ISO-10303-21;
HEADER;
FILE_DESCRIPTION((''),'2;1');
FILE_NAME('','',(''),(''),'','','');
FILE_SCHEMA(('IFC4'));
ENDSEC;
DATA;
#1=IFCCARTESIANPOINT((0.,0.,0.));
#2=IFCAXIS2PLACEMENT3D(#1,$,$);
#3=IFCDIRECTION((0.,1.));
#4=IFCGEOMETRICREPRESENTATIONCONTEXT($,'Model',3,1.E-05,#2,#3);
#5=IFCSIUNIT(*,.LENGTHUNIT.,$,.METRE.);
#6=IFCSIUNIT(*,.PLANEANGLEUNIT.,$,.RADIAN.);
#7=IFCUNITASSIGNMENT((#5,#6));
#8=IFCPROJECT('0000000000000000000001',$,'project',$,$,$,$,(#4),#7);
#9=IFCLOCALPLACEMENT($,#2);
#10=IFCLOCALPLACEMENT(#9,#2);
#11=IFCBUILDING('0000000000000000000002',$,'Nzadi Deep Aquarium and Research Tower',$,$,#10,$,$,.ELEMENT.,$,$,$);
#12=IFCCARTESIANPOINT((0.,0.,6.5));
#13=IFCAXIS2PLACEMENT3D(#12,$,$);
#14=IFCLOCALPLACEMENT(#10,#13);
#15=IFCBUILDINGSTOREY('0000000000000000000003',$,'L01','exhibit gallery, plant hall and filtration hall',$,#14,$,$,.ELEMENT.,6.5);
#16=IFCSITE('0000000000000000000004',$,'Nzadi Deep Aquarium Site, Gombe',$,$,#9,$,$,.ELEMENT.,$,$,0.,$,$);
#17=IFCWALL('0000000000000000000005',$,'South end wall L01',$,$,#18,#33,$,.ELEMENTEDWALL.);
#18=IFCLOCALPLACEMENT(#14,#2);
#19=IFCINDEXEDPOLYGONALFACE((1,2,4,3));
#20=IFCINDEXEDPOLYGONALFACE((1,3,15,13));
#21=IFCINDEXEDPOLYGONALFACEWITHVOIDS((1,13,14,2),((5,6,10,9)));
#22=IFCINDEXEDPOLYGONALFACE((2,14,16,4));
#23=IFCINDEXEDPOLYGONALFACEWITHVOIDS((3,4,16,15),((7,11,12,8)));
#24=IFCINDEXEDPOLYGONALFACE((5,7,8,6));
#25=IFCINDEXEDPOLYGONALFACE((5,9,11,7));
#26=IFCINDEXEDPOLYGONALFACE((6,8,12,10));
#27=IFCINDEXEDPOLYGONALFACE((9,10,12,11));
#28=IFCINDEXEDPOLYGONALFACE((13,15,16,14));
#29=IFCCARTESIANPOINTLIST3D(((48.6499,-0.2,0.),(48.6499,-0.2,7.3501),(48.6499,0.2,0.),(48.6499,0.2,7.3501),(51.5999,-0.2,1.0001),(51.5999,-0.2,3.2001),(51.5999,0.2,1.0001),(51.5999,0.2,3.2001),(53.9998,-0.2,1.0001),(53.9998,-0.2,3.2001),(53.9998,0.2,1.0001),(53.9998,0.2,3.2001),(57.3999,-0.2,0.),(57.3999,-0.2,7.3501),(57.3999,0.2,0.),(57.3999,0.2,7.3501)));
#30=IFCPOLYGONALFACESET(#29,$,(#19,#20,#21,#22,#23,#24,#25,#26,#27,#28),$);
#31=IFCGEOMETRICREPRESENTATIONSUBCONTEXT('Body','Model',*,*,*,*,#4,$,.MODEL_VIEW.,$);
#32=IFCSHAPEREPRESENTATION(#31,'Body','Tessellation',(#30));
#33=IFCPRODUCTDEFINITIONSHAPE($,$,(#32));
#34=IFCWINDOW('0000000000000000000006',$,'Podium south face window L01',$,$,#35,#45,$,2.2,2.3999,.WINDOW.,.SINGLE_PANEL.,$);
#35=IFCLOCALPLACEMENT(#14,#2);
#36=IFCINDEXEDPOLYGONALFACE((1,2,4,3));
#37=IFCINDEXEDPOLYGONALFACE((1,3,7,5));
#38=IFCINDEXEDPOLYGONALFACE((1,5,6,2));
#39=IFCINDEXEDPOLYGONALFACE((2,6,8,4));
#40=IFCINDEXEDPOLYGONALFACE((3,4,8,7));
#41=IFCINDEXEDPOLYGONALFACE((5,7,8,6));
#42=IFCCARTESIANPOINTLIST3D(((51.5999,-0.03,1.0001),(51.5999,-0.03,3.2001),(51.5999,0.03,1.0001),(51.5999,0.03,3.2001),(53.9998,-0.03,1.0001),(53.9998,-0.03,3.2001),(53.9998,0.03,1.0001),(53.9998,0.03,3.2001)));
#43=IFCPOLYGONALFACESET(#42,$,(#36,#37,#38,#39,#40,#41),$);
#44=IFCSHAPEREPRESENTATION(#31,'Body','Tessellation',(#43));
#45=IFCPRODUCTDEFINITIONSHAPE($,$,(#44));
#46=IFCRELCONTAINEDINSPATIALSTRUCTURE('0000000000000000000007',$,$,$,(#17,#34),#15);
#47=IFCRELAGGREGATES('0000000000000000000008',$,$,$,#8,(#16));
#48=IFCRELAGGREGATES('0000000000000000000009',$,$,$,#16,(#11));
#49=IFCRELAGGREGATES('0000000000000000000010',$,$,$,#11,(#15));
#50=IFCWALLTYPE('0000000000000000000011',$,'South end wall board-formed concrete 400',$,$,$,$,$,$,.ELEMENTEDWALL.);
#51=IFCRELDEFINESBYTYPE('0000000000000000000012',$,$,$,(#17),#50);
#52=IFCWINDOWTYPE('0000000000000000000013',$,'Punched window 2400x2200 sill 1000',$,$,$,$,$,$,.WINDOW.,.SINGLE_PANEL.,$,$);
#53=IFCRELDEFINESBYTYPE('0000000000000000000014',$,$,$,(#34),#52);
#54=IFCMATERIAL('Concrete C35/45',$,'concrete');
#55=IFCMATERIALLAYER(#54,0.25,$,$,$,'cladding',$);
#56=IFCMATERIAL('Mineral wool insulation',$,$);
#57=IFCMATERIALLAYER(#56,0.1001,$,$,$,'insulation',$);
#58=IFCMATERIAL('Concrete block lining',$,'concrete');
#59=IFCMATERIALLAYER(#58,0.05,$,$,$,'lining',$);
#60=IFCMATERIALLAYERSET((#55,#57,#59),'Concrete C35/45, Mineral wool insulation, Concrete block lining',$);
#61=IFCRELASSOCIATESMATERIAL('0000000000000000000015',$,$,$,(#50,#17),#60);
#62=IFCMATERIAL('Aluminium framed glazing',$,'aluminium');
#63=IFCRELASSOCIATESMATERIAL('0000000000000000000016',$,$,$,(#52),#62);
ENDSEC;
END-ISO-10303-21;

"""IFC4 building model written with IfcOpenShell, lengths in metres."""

from ifc_helpers import new_model, si_unit, direction, frame, frame_2d, origin, place, context, subcontext, project, spatial, rectangle, extrude, material, layer, layer_set, layer_usage, type_object, element, fill, save


model = new_model("IFC4")

# Units and contexts
model_context = context("Model", 3, precision=1e-05, world=origin(), true_north=direction((0.0, 1.0)))
body_context = subcontext(model_context, "Body", "Model", "MODEL_VIEW")
ifc_project = project(units=[si_unit("LENGTHUNIT", "METRE"), si_unit("PLANEANGLEUNIT", "RADIAN")], contexts=[model_context])

# Site, building, storey
site_placement = place(None, origin())
site = spatial("IfcSite", under=ifc_project, at=site_placement, Name="Nzadi Deep Aquarium Site, Gombe", CompositionType="ELEMENT", RefElevation=0.0)
building_placement = place(site_placement, origin())
building = spatial("IfcBuilding", under=site, at=building_placement, Name="Nzadi Deep Aquarium and Research Tower", CompositionType="ELEMENT")
storey_placement = place(building_placement, frame((0.0, 0.0, 6.5)))
storey = spatial("IfcBuildingStorey", under=building, at=storey_placement, Name="L01", Description="exhibit gallery, plant hall and filtration hall", CompositionType="ELEMENT", Elevation=6.5)

# Wall, opening, window
ifc_material_1 = material(Name="Concrete C35/45", Category="concrete")
ifc_layer_1 = layer(ifc_material_1, 0.25, Category="cladding")
ifc_material_2 = material(Name="Mineral wool insulation")
ifc_layer_2 = layer(ifc_material_2, 0.1001, Category="insulation")
ifc_material_3 = material(Name="Concrete block lining", Category="concrete")
ifc_layer_3 = layer(ifc_material_3, 0.05, Category="lining")
ifc_layer_set_1 = layer_set([ifc_layer_1, ifc_layer_2, ifc_layer_3], Name="Concrete C35/45, Mineral wool insulation, Concrete block lining")
ifc_layer_usage = layer_usage(ifc_layer_set_1, "AXIS2", "POSITIVE", -0.2)
wall_type_1 = type_object("IfcWallType", Name="South end wall board-formed concrete 400", PredefinedType="ELEMENTEDWALL", material=ifc_layer_set_1)
wall_1_placement = place(storey_placement, frame((48.6499, 0.0, 0.0), z_axis=(0.0, 0.0, 1.0), x_axis=(1.0, 0.0, 0.0)))
wall_1 = element("IfcWall", 1, at=wall_1_placement, inside=storey, type_object=wall_type_1, material=ifc_layer_usage, Name="South end wall L01", PredefinedType="ELEMENTEDWALL", context=body_context, shape_type="SweptSolid", body=[
    extrude(rectangle(XDim=8.75, YDim=0.3999, at=frame_2d((4.375, 0.0))), origin(), (0.0, 0.0, 1.0), 7.3501),
])
opening_1_placement = place(wall_1_placement, frame((2.95, 0.0, 1.0)))
opening_1 = element("IfcOpeningElement", 2, at=opening_1_placement, cuts=wall_1, PredefinedType="OPENING", context=body_context, shape_type="SweptSolid", body=[
    extrude(rectangle(XDim=2.3999, YDim=2.2, at=frame_2d((1.2, 1.1001))), frame((0.0, 0.21, 0.0), z_axis=(0.0, -1.0, 0.0), x_axis=(1.0, 0.0, 0.0)), (0.0, 0.0, 1.0), 0.4199),
])
ifc_material_4 = material(Name="Aluminium framed glazing", Category="aluminium")
window_type = type_object("IfcWindowType", Name="Punched window 2400x2200 sill 1000", PartitioningType="SINGLE_PANEL", PredefinedType="WINDOW", material=ifc_material_4)
window_placement = place(opening_1_placement, origin())
window = element("IfcWindow", 3, at=window_placement, inside=storey, type_object=window_type, Name="Podium south face window L01", OverallHeight=2.2, OverallWidth=2.3999, PartitioningType="SINGLE_PANEL", PredefinedType="WINDOW", context=body_context, shape_type="SweptSolid", body=[
    extrude(rectangle(XDim=2.3999, YDim=2.2, at=frame_2d((1.2, 1.1001))), frame((0.0, 0.03, 0.0), z_axis=(0.0, -1.0, 0.0), x_axis=(1.0, 0.0, 0.0)), (0.0, 0.0, 1.0), 0.0601),
])
fill(opening_1, window)

save(model, "model.ifc")
